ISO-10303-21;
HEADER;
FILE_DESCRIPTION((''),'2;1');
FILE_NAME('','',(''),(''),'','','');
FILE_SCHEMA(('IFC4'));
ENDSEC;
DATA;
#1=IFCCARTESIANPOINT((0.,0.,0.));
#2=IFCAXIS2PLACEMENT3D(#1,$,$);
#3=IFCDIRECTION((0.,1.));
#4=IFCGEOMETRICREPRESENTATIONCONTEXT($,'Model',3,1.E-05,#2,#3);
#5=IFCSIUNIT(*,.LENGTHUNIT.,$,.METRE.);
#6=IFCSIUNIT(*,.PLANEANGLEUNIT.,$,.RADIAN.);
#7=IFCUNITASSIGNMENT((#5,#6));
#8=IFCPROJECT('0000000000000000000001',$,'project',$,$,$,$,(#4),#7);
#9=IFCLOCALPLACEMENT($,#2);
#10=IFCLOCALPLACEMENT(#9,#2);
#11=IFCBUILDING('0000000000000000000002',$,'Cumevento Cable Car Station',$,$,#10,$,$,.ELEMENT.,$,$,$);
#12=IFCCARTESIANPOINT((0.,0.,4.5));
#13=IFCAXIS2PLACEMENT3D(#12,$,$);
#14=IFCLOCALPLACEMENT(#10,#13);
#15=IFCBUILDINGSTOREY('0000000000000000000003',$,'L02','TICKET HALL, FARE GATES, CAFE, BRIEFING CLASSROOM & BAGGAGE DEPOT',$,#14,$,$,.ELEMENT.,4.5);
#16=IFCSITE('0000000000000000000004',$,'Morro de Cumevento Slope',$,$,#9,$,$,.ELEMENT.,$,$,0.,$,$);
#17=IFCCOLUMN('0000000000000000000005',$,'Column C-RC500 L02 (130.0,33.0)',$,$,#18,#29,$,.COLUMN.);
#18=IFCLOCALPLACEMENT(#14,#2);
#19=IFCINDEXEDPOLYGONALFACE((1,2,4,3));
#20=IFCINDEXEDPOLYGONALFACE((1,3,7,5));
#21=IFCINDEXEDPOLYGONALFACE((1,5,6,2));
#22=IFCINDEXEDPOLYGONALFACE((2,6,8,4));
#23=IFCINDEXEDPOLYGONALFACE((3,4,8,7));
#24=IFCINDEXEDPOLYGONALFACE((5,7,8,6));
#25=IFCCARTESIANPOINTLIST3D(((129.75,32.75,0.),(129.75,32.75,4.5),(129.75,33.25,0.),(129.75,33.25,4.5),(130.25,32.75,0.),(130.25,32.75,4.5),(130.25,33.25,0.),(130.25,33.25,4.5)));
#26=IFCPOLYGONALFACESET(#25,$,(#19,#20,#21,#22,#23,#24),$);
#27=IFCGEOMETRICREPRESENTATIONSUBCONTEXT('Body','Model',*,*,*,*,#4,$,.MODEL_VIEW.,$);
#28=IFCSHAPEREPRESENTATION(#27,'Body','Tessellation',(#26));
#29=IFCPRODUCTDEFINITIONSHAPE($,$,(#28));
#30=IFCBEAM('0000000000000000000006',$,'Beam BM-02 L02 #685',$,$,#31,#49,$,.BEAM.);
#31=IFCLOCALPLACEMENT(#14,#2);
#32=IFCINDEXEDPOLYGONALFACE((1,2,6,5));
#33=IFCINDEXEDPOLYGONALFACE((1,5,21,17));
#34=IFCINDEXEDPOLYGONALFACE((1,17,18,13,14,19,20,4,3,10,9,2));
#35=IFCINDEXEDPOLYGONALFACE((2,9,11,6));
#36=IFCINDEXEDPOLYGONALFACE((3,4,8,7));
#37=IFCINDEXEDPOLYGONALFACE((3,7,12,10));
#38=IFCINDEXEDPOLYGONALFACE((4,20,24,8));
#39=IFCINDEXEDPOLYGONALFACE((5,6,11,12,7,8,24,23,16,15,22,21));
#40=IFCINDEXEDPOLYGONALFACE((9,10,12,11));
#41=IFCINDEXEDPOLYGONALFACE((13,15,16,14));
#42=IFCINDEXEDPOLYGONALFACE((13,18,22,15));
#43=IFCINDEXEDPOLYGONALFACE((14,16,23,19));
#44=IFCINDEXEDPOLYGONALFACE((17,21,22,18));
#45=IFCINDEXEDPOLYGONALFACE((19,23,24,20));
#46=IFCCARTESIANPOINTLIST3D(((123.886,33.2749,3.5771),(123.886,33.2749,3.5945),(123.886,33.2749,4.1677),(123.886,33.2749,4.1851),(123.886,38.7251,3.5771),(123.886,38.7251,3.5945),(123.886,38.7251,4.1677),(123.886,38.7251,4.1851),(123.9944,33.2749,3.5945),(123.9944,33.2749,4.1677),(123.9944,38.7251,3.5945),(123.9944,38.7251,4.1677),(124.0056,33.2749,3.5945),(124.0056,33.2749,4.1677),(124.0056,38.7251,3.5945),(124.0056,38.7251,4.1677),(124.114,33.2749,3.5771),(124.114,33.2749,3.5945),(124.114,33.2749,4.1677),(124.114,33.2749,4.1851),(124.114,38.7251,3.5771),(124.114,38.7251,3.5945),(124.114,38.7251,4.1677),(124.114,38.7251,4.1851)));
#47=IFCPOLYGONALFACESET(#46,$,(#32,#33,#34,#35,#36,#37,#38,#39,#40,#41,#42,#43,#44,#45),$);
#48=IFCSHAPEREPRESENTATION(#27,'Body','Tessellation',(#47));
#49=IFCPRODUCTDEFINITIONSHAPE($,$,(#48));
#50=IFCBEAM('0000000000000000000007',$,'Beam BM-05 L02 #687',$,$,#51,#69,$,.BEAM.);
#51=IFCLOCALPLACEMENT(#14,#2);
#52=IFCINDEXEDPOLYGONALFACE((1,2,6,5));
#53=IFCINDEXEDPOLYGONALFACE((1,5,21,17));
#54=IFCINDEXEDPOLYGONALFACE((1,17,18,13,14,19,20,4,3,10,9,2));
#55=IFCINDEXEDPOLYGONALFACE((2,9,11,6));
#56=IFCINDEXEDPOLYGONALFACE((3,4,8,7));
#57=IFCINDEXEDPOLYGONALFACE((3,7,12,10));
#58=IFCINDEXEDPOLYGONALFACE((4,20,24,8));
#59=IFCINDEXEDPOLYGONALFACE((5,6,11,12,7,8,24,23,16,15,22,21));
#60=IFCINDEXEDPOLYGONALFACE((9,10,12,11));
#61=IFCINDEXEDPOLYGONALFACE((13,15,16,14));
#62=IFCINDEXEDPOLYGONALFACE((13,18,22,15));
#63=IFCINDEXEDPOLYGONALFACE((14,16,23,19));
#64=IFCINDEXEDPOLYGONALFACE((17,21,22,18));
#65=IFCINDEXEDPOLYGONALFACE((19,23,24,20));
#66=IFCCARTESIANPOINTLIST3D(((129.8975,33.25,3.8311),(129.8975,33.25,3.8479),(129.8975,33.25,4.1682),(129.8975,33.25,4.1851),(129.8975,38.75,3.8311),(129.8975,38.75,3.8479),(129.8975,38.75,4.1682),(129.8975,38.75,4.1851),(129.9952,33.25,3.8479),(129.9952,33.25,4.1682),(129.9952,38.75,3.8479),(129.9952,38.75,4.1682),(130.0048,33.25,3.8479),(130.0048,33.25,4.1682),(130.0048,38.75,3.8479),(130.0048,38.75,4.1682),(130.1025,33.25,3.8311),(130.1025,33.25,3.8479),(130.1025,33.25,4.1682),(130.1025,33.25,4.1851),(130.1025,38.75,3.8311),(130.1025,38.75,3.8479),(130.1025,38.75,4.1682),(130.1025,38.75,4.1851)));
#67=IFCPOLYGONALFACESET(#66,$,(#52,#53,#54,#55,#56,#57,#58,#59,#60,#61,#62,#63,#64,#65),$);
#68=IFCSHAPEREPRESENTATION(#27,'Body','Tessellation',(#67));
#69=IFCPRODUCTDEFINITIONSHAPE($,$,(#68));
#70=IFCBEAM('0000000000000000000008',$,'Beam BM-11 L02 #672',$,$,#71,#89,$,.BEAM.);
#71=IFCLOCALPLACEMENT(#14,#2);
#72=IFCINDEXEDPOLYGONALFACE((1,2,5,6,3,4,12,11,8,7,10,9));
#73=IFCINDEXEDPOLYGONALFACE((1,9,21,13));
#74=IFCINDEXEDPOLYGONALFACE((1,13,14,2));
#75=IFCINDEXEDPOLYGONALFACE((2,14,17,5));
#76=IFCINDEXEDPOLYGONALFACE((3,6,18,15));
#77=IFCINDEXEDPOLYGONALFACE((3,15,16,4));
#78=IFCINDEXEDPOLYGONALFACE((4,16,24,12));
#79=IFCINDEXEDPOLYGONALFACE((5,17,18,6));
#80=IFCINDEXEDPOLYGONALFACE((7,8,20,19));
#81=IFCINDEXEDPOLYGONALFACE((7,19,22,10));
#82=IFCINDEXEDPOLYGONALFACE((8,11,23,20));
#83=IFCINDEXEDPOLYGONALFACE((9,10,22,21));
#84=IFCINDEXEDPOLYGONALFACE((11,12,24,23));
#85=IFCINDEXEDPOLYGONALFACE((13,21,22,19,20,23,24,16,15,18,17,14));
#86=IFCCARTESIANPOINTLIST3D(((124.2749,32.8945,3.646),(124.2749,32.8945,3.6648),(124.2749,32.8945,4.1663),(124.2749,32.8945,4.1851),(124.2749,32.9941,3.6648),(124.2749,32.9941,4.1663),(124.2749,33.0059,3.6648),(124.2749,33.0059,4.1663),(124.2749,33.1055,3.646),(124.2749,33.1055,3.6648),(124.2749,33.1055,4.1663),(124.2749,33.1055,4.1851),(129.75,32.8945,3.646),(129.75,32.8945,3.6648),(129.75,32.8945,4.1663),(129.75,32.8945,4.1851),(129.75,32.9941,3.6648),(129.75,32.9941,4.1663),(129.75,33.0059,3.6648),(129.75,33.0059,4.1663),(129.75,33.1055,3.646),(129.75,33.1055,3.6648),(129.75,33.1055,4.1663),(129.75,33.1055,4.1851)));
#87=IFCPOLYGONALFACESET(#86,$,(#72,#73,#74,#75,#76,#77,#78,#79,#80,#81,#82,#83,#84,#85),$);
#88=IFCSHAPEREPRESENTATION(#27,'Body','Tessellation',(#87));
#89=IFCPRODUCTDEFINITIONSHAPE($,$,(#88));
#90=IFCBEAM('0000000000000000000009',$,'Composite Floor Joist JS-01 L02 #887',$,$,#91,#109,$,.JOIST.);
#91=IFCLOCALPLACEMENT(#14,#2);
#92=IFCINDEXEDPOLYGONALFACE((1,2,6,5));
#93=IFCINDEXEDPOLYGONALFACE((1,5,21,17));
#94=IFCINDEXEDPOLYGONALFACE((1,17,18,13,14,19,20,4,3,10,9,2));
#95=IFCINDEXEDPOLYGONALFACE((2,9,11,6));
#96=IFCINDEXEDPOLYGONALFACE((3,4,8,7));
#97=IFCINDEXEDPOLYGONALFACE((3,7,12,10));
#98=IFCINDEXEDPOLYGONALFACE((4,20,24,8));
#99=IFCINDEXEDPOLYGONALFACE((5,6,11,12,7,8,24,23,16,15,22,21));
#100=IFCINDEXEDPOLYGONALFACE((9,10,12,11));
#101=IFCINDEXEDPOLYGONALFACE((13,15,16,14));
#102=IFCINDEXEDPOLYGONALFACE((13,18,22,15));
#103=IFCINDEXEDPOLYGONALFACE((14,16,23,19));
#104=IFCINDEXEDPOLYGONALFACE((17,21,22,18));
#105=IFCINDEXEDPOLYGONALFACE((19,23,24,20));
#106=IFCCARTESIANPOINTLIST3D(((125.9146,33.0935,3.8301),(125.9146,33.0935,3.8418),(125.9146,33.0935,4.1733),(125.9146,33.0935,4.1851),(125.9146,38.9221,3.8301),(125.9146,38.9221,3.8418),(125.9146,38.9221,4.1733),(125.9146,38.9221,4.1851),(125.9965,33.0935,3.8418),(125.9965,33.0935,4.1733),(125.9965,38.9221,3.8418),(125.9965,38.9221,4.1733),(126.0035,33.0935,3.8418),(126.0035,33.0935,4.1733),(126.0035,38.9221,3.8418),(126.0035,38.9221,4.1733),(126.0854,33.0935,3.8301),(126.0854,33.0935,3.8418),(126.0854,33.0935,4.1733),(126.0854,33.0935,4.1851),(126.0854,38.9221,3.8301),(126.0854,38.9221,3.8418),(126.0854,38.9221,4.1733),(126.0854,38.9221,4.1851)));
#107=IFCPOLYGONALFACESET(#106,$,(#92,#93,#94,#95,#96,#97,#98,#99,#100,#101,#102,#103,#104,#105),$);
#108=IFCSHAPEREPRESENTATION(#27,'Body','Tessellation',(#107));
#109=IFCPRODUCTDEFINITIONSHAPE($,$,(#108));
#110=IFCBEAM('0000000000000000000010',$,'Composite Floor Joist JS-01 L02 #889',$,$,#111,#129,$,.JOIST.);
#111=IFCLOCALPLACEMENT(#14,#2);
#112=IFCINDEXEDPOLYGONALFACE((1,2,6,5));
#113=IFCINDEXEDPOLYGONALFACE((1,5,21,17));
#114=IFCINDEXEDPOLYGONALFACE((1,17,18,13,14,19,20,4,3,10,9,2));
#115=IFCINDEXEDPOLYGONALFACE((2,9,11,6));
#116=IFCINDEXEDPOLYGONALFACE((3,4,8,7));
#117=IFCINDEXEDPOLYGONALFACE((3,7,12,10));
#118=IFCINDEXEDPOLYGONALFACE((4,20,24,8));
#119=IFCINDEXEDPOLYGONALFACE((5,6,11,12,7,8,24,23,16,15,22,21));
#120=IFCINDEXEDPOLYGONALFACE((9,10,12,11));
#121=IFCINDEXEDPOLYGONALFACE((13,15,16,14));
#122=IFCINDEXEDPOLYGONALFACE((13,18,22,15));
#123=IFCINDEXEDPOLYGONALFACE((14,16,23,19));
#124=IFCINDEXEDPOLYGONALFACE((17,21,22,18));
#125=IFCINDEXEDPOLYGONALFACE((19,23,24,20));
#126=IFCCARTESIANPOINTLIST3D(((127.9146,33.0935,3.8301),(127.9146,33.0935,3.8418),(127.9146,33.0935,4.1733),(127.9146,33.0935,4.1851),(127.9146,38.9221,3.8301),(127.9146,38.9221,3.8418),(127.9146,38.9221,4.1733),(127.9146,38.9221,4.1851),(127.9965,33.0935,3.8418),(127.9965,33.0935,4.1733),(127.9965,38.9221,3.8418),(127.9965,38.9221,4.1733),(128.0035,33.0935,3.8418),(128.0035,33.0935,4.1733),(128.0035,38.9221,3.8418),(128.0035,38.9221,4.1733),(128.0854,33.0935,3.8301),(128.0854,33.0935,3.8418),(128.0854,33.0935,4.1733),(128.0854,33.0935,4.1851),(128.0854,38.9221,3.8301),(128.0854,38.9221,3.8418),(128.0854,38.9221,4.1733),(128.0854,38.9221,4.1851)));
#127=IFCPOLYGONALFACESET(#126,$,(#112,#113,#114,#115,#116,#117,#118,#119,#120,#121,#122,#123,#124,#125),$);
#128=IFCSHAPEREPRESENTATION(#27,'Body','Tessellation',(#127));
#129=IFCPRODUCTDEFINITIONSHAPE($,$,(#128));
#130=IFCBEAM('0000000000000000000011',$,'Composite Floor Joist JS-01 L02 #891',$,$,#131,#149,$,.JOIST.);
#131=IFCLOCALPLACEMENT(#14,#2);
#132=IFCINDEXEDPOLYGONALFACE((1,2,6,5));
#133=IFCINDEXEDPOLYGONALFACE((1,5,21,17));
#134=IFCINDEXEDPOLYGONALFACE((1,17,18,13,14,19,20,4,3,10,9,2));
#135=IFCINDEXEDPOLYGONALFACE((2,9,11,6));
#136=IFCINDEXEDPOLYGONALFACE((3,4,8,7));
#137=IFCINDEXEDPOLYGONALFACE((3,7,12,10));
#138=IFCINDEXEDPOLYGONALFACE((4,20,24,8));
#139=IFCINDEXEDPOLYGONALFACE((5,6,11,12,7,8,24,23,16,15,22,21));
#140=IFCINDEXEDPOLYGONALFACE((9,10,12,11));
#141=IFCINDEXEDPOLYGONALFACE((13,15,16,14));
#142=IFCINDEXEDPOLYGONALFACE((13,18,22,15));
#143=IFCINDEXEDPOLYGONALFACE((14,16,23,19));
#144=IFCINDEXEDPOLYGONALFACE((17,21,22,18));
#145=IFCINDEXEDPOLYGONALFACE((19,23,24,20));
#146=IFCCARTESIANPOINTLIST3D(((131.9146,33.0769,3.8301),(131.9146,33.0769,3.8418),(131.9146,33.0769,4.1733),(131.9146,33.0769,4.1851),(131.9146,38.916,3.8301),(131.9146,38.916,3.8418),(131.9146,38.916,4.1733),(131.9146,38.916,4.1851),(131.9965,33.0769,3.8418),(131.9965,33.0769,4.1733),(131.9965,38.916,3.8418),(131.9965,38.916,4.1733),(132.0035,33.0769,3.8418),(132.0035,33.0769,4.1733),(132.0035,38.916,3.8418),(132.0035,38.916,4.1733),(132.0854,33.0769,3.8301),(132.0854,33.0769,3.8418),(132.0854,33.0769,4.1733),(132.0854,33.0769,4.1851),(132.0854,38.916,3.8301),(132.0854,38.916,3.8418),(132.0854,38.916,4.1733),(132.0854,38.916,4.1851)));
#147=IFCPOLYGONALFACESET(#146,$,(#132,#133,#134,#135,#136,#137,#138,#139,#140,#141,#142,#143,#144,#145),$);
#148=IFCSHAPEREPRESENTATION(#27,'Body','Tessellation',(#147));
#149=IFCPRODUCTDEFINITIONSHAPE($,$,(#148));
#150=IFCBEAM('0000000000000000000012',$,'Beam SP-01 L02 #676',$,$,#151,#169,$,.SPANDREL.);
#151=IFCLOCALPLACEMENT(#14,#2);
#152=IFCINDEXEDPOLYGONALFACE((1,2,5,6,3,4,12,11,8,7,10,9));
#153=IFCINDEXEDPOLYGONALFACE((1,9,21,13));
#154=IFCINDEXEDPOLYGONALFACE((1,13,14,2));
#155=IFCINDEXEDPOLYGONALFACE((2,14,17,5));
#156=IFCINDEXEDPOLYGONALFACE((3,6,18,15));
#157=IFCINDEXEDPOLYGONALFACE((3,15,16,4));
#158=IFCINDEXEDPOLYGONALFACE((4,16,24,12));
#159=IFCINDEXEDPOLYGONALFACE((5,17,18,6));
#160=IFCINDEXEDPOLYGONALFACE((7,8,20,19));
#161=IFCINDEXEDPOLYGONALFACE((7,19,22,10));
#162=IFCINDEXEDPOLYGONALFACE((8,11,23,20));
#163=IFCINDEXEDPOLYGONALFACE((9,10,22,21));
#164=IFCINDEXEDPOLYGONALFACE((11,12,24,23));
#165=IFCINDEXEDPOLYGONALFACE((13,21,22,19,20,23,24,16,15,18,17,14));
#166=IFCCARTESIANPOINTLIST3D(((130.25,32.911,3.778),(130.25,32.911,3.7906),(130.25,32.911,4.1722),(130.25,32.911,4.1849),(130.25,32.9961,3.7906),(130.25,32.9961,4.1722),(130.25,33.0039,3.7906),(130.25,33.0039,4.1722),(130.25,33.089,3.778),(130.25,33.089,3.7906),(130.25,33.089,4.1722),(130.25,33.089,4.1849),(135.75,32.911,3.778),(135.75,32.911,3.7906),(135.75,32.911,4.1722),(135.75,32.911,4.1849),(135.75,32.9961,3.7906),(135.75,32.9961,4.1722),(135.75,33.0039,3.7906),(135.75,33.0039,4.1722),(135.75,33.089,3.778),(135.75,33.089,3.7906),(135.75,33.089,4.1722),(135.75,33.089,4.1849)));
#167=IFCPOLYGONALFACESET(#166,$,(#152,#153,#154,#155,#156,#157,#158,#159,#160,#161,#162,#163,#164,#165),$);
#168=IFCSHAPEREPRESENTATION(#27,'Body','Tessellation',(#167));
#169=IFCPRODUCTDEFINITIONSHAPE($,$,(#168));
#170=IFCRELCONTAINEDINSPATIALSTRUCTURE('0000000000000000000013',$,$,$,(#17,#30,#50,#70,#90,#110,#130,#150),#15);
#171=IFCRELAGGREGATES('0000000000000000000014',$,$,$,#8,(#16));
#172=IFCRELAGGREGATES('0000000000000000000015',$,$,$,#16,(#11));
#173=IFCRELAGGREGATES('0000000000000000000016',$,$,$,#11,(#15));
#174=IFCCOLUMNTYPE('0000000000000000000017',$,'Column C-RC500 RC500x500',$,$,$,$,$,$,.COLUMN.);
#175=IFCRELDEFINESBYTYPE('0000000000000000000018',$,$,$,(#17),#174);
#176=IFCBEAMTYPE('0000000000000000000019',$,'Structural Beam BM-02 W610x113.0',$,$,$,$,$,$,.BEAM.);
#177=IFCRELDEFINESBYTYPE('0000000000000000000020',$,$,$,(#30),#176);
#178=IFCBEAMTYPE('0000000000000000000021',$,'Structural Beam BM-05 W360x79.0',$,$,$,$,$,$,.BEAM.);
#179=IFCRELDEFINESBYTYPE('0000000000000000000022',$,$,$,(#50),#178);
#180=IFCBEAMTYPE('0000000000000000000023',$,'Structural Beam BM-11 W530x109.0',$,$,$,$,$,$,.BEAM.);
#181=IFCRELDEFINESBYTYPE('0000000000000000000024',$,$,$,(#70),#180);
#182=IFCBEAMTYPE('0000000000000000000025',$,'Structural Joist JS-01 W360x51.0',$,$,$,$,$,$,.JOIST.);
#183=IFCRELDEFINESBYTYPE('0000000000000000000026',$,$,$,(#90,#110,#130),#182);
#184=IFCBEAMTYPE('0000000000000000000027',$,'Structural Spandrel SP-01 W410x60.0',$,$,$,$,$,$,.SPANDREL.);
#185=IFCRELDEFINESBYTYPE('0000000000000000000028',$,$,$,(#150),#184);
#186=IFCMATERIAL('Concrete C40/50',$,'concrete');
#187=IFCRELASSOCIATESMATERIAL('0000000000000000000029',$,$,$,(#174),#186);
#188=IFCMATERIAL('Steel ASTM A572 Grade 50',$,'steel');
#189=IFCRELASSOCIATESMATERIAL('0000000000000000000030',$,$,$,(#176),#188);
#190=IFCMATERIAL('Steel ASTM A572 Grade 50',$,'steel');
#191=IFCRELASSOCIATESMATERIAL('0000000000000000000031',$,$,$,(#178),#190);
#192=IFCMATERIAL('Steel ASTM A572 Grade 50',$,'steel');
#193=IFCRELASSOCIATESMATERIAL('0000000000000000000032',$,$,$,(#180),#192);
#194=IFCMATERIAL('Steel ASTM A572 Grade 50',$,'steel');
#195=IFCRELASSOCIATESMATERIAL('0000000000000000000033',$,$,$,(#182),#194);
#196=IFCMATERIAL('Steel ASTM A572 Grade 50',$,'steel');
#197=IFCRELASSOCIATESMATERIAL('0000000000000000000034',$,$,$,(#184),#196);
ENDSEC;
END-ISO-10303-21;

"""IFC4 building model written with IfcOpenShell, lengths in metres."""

from ifc_helpers import new_model, si_unit, direction, frame, origin, origin_2d, place, context, subcontext, project, spatial, rectangle, i_section, extrude, material, material_profile, profile_set, type_object, element, save


model = new_model("IFC4")

# Units and contexts
model_context = context("Model", 3, precision=1e-05, world=origin(), true_north=direction((0.0, 1.0)))
body_context = subcontext(model_context, "Body", "Model", "MODEL_VIEW")
ifc_project = project(units=[si_unit("LENGTHUNIT", "METRE"), si_unit("PLANEANGLEUNIT", "RADIAN")], contexts=[model_context])

# Site, building, storey
site_placement = place(None, origin())
site = spatial("IfcSite", under=ifc_project, at=site_placement, Name="Morro de Cumevento Slope", CompositionType="ELEMENT", RefElevation=0.0)
building_placement = place(site_placement, origin())
building = spatial("IfcBuilding", under=site, at=building_placement, Name="Cumevento Cable Car Station", CompositionType="ELEMENT")
storey_placement = place(building_placement, frame((0.0, 0.0, 4.5)))
storey = spatial("IfcBuildingStorey", under=building, at=storey_placement, Name="L02", Description="TICKET HALL, FARE GATES, CAFE, BRIEFING CLASSROOM & BAGGAGE DEPOT", CompositionType="ELEMENT", Elevation=4.5)

# Column
ifc_material_1 = material(Name="Concrete C40/50", Category="concrete")
ifc_material_profile_1 = material_profile(ifc_material_1, rectangle(XDim=0.5, YDim=0.5, at=origin_2d()), Name="RC500x500")
ifc_profile_set_1 = profile_set([ifc_material_profile_1], Name="Concrete C40/50")
column_type = type_object("IfcColumnType", Name="Column C-RC500 RC500x500", PredefinedType="COLUMN", material=ifc_profile_set_1)
column_placement = place(storey_placement, frame((130.0, 33.0, 0.0), z_axis=(0.0, 0.0, 1.0), x_axis=(1.0, 0.0, 0.0)))
element("IfcColumn", 1, at=column_placement, inside=storey, type_object=column_type, Name="Column C-RC500 L02 (130.0,33.0)", PredefinedType="COLUMN", context=body_context, shape_type="SweptSolid", body=[
    extrude(rectangle(XDim=0.5, YDim=0.5, at=origin_2d()), origin(), (0.0, 0.0, 1.0), 4.5),
])

# Beams
ifc_material_2 = material(Name="Steel ASTM A572 Grade 50", Category="steel")
ifc_material_profile_2 = material_profile(ifc_material_2, i_section(OverallWidth=0.228, OverallDepth=0.6079, WebThickness=0.0112, FlangeThickness=0.0173, at=origin_2d()), Name="W610x113.0")
ifc_profile_set_2 = profile_set([ifc_material_profile_2], Name="Steel ASTM A572 Grade 50")
beam_type_1 = type_object("IfcBeamType", Name="Structural Beam BM-02 W610x113.0", PredefinedType="BEAM", material=ifc_profile_set_2)
beam_1_placement = place(storey_placement, frame((124.0, 33.2749, 3.8811), z_axis=(0.0, 1.0, 0.0), x_axis=(-1.0, 0.0, 0.0)))
element("IfcBeam", 2, at=beam_1_placement, inside=storey, type_object=beam_type_1, Name="Beam BM-02 L02 #685", PredefinedType="BEAM", context=body_context, shape_type="SweptSolid", body=[
    extrude(i_section(OverallWidth=0.228, OverallDepth=0.6079, WebThickness=0.0112, FlangeThickness=0.0173, at=origin_2d()), origin(), (0.0, 0.0, 1.0), 5.4502),
])
ifc_material_3 = material(Name="Steel ASTM A572 Grade 50", Category="steel")
ifc_material_profile_3 = material_profile(ifc_material_3, i_section(OverallWidth=0.2051, OverallDepth=0.354, WebThickness=0.0095, FlangeThickness=0.0168, at=origin_2d()), Name="W360x79.0")
ifc_profile_set_3 = profile_set([ifc_material_profile_3], Name="Steel ASTM A572 Grade 50")
beam_type_2 = type_object("IfcBeamType", Name="Structural Beam BM-05 W360x79.0", PredefinedType="BEAM", material=ifc_profile_set_3)
beam_2_placement = place(storey_placement, frame((130.0, 33.25, 4.0081), z_axis=(0.0, 1.0, 0.0), x_axis=(-1.0, 0.0, 0.0)))
element("IfcBeam", 3, at=beam_2_placement, inside=storey, type_object=beam_type_2, Name="Beam BM-05 L02 #687", PredefinedType="BEAM", context=body_context, shape_type="SweptSolid", body=[
    extrude(i_section(OverallWidth=0.2051, OverallDepth=0.354, WebThickness=0.0095, FlangeThickness=0.0168, at=origin_2d()), origin(), (0.0, 0.0, 1.0), 5.5),
])
ifc_material_4 = material(Name="Steel ASTM A572 Grade 50", Category="steel")
ifc_material_profile_4 = material_profile(ifc_material_4, i_section(OverallWidth=0.2109, OverallDepth=0.5391, WebThickness=0.0117, FlangeThickness=0.0188, at=origin_2d()), Name="W530x109.0")
ifc_profile_set_4 = profile_set([ifc_material_profile_4], Name="Steel ASTM A572 Grade 50")
beam_type_3 = type_object("IfcBeamType", Name="Structural Beam BM-11 W530x109.0", PredefinedType="BEAM", material=ifc_profile_set_4)
beam_3_placement = place(storey_placement, frame((124.2749, 33.0, 3.9155), z_axis=(1.0, 0.0, 0.0), x_axis=(0.0, 1.0, 0.0)))
element("IfcBeam", 4, at=beam_3_placement, inside=storey, type_object=beam_type_3, Name="Beam BM-11 L02 #672", PredefinedType="BEAM", context=body_context, shape_type="SweptSolid", body=[
    extrude(i_section(OverallWidth=0.2109, OverallDepth=0.5391, WebThickness=0.0117, FlangeThickness=0.0188, at=origin_2d()), origin(), (0.0, 0.0, 1.0), 5.4751),
])
ifc_material_5 = material(Name="Steel ASTM A572 Grade 50", Category="steel")
ifc_material_profile_5 = material_profile(ifc_material_5, i_section(OverallWidth=0.1709, OverallDepth=0.355, WebThickness=0.0071, FlangeThickness=0.0117, at=origin_2d()), Name="W360x51.0")
ifc_profile_set_5 = profile_set([ifc_material_profile_5], Name="Steel ASTM A572 Grade 50")
beam_type_4 = type_object("IfcBeamType", Name="Structural Joist JS-01 W360x51.0", PredefinedType="JOIST", material=ifc_profile_set_5)
for number, where, z_axis, x_axis, name in (
    (5, (126.0, 33.0935, 4.0076), (0.0, 1.0, 0.0), (-1.0, 0.0, 0.0), "Composite Floor Joist JS-01 L02 #887"),
    (6, (128.0, 33.0935, 4.0076), (0.0, 1.0, 0.0), (-1.0, 0.0, 0.0), "Composite Floor Joist JS-01 L02 #889"),
):
    element("IfcBeam", number, at=place(storey_placement, frame(where, z_axis=z_axis, x_axis=x_axis)), inside=storey, type_object=beam_type_4, Name=name, PredefinedType="JOIST", context=body_context, shape_type="SweptSolid", body=[
        extrude(i_section(OverallWidth=0.1709, OverallDepth=0.355, WebThickness=0.0071, FlangeThickness=0.0117, at=origin_2d()), origin(), (0.0, 0.0, 1.0), 5.8286),
    ])
beam_4_placement = place(storey_placement, frame((132.0, 33.0769, 4.0076), z_axis=(0.0, 1.0, 0.0), x_axis=(-1.0, 0.0, 0.0)))
element("IfcBeam", 7, at=beam_4_placement, inside=storey, type_object=beam_type_4, Name="Composite Floor Joist JS-01 L02 #891", PredefinedType="JOIST", context=body_context, shape_type="SweptSolid", body=[
    extrude(i_section(OverallWidth=0.1709, OverallDepth=0.355, WebThickness=0.0071, FlangeThickness=0.0117, at=origin_2d()), origin(), (0.0, 0.0, 1.0), 5.8391),
])
ifc_material_6 = material(Name="Steel ASTM A572 Grade 50", Category="steel")
ifc_material_profile_6 = material_profile(ifc_material_6, i_section(OverallWidth=0.178, OverallDepth=0.407, WebThickness=0.0078, FlangeThickness=0.0127, at=origin_2d()), Name="W410x60.0")
ifc_profile_set_6 = profile_set([ifc_material_profile_6], Name="Steel ASTM A572 Grade 50")
beam_type_5 = type_object("IfcBeamType", Name="Structural Spandrel SP-01 W410x60.0", PredefinedType="SPANDREL", material=ifc_profile_set_6)
beam_5_placement = place(storey_placement, frame((130.25, 33.0, 3.9814), z_axis=(1.0, 0.0, 0.0), x_axis=(0.0, 1.0, 0.0)))
element("IfcBeam", 8, at=beam_5_placement, inside=storey, type_object=beam_type_5, Name="Beam SP-01 L02 #676", PredefinedType="SPANDREL", context=body_context, shape_type="SweptSolid", body=[
    extrude(i_section(OverallWidth=0.178, OverallDepth=0.407, WebThickness=0.0078, FlangeThickness=0.0127, at=origin_2d()), origin(), (0.0, 0.0, 1.0), 5.5),
])

save(model, "model.ifc")
